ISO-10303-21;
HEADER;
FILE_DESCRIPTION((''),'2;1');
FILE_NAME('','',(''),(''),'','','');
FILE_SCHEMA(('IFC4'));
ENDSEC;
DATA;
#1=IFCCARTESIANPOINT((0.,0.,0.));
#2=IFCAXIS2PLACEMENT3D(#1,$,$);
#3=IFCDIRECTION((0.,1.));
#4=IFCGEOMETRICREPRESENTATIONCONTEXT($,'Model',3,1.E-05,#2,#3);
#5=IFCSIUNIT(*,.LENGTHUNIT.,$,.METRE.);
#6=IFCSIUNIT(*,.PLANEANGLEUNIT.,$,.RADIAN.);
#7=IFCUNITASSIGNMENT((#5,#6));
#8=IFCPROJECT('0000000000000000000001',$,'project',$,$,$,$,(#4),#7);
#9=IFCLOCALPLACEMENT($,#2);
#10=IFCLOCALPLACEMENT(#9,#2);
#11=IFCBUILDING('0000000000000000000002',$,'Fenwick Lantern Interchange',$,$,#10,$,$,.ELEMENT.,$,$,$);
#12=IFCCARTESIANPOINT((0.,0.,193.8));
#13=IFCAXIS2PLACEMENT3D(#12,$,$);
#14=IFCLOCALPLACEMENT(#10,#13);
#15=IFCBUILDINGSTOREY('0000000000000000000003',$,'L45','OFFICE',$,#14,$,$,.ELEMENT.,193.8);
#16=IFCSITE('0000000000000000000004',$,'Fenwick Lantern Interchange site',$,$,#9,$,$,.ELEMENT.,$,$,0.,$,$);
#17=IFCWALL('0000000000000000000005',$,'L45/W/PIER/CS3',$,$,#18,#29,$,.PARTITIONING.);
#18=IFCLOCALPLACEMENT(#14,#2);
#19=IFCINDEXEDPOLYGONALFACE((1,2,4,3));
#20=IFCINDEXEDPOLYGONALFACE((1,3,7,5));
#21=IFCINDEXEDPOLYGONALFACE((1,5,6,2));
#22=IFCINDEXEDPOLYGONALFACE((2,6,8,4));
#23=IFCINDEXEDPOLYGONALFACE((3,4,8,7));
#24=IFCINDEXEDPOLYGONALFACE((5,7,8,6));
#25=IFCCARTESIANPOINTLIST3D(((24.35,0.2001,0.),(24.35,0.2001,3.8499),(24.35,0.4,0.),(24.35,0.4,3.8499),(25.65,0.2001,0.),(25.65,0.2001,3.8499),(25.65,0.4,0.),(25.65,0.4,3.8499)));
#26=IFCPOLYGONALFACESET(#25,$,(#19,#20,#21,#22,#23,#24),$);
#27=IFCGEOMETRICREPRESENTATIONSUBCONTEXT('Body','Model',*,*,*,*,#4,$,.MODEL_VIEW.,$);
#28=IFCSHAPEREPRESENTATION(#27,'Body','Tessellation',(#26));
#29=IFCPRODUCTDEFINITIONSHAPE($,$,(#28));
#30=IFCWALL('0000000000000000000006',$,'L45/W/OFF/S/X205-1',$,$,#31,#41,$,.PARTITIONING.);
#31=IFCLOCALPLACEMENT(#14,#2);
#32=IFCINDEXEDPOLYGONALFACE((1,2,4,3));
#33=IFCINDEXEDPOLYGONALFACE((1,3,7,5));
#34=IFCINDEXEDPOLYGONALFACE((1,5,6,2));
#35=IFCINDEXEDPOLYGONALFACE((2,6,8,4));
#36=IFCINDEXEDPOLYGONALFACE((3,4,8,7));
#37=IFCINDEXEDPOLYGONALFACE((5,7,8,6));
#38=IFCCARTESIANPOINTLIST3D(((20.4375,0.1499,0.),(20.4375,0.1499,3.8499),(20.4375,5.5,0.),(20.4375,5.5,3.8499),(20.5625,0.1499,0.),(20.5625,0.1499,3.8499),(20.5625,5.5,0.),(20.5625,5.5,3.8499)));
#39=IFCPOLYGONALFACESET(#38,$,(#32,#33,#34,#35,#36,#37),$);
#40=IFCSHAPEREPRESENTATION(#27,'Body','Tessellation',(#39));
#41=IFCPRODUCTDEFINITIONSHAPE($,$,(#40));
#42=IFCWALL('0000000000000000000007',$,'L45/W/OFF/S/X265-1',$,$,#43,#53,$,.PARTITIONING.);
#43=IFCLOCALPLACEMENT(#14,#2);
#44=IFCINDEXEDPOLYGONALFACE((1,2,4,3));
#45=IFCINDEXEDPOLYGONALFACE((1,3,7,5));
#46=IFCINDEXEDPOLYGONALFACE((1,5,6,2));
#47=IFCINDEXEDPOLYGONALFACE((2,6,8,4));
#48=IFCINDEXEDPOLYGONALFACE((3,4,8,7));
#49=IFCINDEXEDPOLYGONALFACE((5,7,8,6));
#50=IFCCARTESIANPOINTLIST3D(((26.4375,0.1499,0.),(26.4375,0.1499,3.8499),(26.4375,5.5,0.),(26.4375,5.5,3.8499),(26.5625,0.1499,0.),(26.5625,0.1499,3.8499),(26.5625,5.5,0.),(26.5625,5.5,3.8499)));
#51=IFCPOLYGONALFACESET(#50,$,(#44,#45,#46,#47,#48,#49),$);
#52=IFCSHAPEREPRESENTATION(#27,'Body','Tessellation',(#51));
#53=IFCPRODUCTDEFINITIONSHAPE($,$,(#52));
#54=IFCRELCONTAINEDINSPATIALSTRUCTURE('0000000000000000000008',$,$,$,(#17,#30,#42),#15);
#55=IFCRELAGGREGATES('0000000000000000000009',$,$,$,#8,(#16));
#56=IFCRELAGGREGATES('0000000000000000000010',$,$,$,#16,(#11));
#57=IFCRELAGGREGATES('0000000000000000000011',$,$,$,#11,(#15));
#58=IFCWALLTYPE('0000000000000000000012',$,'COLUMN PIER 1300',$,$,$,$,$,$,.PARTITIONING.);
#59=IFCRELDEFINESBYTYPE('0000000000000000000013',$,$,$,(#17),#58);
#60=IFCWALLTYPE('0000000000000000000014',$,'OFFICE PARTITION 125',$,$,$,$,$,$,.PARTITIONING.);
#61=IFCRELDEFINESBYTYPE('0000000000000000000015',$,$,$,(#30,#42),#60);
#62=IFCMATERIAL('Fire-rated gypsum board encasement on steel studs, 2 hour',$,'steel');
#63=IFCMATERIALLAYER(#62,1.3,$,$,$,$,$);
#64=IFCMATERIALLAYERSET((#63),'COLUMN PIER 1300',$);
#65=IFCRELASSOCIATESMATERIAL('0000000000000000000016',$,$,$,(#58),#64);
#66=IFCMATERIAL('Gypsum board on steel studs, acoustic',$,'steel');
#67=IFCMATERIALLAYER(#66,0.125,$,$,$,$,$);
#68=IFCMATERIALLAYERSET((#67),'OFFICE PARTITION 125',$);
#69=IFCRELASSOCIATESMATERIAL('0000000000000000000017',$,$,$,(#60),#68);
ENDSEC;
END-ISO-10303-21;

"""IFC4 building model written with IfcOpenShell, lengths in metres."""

from ifc_helpers import new_model, si_unit, direction, frame, frame_2d, origin, place, context, subcontext, project, spatial, rectangle, extrude, material, layer, layer_set, type_object, element, save


model = new_model("IFC4")

# Units and contexts
model_context = context("Model", 3, precision=1e-05, world=origin(), true_north=direction((0.0, 1.0)))
body_context = subcontext(model_context, "Body", "Model", "MODEL_VIEW")
ifc_project = project(units=[si_unit("LENGTHUNIT", "METRE"), si_unit("PLANEANGLEUNIT", "RADIAN")], contexts=[model_context])

# Site, building, storey
site_placement = place(None, origin())
site = spatial("IfcSite", under=ifc_project, at=site_placement, Name="Fenwick Lantern Interchange site", CompositionType="ELEMENT", RefElevation=0.0)
building_placement = place(site_placement, origin())
building = spatial("IfcBuilding", under=site, at=building_placement, Name="Fenwick Lantern Interchange", CompositionType="ELEMENT")
storey_placement = place(building_placement, frame((0.0, 0.0, 193.8)))
storey = spatial("IfcBuildingStorey", under=building, at=storey_placement, Name="L45", Description="OFFICE", CompositionType="ELEMENT", Elevation=193.8)

# Walls
ifc_material_1 = material(Name="Fire-rated gypsum board encasement on steel studs, 2 hour", Category="steel")
ifc_layer_1 = layer(ifc_material_1, 1.3)
ifc_layer_set_1 = layer_set([ifc_layer_1], Name="COLUMN PIER 1300")
wall_type_1 = type_object("IfcWallType", Name="COLUMN PIER 1300", PredefinedType="PARTITIONING", material=ifc_layer_set_1)
wall_placement = place(storey_placement, frame((25.0, 0.2, 0.0), z_axis=(0.0, 0.0, 1.0), x_axis=(0.0, 1.0, 0.0)))
element("IfcWall", 1, at=wall_placement, inside=storey, type_object=wall_type_1, Name="L45/W/PIER/CS3", PredefinedType="PARTITIONING", context=body_context, shape_type="SweptSolid", body=[
    extrude(rectangle(XDim=0.2, YDim=1.3, at=frame_2d((0.1001, 0.0))), origin(), (0.0, 0.0, 1.0), 3.8499),
])
ifc_material_2 = material(Name="Gypsum board on steel studs, acoustic", Category="steel")
ifc_layer_2 = layer(ifc_material_2, 0.125)
ifc_layer_set_2 = layer_set([ifc_layer_2], Name="OFFICE PARTITION 125")
wall_type_2 = type_object("IfcWallType", Name="OFFICE PARTITION 125", PredefinedType="PARTITIONING", material=ifc_layer_set_2)
for number, where, z_axis, x_axis, name in (
    (2, (20.5, 0.1499, 0.0), (0.0, 0.0, 1.0), (0.0, 1.0, 0.0), "L45/W/OFF/S/X205-1"),
    (3, (26.5, 0.1499, 0.0), (0.0, 0.0, 1.0), (0.0, 1.0, 0.0), "L45/W/OFF/S/X265-1"),
):
    element("IfcWall", number, at=place(storey_placement, frame(where, z_axis=z_axis, x_axis=x_axis)), inside=storey, type_object=wall_type_2, Name=name, PredefinedType="PARTITIONING", context=body_context, shape_type="SweptSolid", body=[
        extrude(rectangle(XDim=5.3501, YDim=0.125, at=frame_2d((2.675, 0.0))), origin(), (0.0, 0.0, 1.0), 3.8499),
    ])

save(model, "model.ifc")
